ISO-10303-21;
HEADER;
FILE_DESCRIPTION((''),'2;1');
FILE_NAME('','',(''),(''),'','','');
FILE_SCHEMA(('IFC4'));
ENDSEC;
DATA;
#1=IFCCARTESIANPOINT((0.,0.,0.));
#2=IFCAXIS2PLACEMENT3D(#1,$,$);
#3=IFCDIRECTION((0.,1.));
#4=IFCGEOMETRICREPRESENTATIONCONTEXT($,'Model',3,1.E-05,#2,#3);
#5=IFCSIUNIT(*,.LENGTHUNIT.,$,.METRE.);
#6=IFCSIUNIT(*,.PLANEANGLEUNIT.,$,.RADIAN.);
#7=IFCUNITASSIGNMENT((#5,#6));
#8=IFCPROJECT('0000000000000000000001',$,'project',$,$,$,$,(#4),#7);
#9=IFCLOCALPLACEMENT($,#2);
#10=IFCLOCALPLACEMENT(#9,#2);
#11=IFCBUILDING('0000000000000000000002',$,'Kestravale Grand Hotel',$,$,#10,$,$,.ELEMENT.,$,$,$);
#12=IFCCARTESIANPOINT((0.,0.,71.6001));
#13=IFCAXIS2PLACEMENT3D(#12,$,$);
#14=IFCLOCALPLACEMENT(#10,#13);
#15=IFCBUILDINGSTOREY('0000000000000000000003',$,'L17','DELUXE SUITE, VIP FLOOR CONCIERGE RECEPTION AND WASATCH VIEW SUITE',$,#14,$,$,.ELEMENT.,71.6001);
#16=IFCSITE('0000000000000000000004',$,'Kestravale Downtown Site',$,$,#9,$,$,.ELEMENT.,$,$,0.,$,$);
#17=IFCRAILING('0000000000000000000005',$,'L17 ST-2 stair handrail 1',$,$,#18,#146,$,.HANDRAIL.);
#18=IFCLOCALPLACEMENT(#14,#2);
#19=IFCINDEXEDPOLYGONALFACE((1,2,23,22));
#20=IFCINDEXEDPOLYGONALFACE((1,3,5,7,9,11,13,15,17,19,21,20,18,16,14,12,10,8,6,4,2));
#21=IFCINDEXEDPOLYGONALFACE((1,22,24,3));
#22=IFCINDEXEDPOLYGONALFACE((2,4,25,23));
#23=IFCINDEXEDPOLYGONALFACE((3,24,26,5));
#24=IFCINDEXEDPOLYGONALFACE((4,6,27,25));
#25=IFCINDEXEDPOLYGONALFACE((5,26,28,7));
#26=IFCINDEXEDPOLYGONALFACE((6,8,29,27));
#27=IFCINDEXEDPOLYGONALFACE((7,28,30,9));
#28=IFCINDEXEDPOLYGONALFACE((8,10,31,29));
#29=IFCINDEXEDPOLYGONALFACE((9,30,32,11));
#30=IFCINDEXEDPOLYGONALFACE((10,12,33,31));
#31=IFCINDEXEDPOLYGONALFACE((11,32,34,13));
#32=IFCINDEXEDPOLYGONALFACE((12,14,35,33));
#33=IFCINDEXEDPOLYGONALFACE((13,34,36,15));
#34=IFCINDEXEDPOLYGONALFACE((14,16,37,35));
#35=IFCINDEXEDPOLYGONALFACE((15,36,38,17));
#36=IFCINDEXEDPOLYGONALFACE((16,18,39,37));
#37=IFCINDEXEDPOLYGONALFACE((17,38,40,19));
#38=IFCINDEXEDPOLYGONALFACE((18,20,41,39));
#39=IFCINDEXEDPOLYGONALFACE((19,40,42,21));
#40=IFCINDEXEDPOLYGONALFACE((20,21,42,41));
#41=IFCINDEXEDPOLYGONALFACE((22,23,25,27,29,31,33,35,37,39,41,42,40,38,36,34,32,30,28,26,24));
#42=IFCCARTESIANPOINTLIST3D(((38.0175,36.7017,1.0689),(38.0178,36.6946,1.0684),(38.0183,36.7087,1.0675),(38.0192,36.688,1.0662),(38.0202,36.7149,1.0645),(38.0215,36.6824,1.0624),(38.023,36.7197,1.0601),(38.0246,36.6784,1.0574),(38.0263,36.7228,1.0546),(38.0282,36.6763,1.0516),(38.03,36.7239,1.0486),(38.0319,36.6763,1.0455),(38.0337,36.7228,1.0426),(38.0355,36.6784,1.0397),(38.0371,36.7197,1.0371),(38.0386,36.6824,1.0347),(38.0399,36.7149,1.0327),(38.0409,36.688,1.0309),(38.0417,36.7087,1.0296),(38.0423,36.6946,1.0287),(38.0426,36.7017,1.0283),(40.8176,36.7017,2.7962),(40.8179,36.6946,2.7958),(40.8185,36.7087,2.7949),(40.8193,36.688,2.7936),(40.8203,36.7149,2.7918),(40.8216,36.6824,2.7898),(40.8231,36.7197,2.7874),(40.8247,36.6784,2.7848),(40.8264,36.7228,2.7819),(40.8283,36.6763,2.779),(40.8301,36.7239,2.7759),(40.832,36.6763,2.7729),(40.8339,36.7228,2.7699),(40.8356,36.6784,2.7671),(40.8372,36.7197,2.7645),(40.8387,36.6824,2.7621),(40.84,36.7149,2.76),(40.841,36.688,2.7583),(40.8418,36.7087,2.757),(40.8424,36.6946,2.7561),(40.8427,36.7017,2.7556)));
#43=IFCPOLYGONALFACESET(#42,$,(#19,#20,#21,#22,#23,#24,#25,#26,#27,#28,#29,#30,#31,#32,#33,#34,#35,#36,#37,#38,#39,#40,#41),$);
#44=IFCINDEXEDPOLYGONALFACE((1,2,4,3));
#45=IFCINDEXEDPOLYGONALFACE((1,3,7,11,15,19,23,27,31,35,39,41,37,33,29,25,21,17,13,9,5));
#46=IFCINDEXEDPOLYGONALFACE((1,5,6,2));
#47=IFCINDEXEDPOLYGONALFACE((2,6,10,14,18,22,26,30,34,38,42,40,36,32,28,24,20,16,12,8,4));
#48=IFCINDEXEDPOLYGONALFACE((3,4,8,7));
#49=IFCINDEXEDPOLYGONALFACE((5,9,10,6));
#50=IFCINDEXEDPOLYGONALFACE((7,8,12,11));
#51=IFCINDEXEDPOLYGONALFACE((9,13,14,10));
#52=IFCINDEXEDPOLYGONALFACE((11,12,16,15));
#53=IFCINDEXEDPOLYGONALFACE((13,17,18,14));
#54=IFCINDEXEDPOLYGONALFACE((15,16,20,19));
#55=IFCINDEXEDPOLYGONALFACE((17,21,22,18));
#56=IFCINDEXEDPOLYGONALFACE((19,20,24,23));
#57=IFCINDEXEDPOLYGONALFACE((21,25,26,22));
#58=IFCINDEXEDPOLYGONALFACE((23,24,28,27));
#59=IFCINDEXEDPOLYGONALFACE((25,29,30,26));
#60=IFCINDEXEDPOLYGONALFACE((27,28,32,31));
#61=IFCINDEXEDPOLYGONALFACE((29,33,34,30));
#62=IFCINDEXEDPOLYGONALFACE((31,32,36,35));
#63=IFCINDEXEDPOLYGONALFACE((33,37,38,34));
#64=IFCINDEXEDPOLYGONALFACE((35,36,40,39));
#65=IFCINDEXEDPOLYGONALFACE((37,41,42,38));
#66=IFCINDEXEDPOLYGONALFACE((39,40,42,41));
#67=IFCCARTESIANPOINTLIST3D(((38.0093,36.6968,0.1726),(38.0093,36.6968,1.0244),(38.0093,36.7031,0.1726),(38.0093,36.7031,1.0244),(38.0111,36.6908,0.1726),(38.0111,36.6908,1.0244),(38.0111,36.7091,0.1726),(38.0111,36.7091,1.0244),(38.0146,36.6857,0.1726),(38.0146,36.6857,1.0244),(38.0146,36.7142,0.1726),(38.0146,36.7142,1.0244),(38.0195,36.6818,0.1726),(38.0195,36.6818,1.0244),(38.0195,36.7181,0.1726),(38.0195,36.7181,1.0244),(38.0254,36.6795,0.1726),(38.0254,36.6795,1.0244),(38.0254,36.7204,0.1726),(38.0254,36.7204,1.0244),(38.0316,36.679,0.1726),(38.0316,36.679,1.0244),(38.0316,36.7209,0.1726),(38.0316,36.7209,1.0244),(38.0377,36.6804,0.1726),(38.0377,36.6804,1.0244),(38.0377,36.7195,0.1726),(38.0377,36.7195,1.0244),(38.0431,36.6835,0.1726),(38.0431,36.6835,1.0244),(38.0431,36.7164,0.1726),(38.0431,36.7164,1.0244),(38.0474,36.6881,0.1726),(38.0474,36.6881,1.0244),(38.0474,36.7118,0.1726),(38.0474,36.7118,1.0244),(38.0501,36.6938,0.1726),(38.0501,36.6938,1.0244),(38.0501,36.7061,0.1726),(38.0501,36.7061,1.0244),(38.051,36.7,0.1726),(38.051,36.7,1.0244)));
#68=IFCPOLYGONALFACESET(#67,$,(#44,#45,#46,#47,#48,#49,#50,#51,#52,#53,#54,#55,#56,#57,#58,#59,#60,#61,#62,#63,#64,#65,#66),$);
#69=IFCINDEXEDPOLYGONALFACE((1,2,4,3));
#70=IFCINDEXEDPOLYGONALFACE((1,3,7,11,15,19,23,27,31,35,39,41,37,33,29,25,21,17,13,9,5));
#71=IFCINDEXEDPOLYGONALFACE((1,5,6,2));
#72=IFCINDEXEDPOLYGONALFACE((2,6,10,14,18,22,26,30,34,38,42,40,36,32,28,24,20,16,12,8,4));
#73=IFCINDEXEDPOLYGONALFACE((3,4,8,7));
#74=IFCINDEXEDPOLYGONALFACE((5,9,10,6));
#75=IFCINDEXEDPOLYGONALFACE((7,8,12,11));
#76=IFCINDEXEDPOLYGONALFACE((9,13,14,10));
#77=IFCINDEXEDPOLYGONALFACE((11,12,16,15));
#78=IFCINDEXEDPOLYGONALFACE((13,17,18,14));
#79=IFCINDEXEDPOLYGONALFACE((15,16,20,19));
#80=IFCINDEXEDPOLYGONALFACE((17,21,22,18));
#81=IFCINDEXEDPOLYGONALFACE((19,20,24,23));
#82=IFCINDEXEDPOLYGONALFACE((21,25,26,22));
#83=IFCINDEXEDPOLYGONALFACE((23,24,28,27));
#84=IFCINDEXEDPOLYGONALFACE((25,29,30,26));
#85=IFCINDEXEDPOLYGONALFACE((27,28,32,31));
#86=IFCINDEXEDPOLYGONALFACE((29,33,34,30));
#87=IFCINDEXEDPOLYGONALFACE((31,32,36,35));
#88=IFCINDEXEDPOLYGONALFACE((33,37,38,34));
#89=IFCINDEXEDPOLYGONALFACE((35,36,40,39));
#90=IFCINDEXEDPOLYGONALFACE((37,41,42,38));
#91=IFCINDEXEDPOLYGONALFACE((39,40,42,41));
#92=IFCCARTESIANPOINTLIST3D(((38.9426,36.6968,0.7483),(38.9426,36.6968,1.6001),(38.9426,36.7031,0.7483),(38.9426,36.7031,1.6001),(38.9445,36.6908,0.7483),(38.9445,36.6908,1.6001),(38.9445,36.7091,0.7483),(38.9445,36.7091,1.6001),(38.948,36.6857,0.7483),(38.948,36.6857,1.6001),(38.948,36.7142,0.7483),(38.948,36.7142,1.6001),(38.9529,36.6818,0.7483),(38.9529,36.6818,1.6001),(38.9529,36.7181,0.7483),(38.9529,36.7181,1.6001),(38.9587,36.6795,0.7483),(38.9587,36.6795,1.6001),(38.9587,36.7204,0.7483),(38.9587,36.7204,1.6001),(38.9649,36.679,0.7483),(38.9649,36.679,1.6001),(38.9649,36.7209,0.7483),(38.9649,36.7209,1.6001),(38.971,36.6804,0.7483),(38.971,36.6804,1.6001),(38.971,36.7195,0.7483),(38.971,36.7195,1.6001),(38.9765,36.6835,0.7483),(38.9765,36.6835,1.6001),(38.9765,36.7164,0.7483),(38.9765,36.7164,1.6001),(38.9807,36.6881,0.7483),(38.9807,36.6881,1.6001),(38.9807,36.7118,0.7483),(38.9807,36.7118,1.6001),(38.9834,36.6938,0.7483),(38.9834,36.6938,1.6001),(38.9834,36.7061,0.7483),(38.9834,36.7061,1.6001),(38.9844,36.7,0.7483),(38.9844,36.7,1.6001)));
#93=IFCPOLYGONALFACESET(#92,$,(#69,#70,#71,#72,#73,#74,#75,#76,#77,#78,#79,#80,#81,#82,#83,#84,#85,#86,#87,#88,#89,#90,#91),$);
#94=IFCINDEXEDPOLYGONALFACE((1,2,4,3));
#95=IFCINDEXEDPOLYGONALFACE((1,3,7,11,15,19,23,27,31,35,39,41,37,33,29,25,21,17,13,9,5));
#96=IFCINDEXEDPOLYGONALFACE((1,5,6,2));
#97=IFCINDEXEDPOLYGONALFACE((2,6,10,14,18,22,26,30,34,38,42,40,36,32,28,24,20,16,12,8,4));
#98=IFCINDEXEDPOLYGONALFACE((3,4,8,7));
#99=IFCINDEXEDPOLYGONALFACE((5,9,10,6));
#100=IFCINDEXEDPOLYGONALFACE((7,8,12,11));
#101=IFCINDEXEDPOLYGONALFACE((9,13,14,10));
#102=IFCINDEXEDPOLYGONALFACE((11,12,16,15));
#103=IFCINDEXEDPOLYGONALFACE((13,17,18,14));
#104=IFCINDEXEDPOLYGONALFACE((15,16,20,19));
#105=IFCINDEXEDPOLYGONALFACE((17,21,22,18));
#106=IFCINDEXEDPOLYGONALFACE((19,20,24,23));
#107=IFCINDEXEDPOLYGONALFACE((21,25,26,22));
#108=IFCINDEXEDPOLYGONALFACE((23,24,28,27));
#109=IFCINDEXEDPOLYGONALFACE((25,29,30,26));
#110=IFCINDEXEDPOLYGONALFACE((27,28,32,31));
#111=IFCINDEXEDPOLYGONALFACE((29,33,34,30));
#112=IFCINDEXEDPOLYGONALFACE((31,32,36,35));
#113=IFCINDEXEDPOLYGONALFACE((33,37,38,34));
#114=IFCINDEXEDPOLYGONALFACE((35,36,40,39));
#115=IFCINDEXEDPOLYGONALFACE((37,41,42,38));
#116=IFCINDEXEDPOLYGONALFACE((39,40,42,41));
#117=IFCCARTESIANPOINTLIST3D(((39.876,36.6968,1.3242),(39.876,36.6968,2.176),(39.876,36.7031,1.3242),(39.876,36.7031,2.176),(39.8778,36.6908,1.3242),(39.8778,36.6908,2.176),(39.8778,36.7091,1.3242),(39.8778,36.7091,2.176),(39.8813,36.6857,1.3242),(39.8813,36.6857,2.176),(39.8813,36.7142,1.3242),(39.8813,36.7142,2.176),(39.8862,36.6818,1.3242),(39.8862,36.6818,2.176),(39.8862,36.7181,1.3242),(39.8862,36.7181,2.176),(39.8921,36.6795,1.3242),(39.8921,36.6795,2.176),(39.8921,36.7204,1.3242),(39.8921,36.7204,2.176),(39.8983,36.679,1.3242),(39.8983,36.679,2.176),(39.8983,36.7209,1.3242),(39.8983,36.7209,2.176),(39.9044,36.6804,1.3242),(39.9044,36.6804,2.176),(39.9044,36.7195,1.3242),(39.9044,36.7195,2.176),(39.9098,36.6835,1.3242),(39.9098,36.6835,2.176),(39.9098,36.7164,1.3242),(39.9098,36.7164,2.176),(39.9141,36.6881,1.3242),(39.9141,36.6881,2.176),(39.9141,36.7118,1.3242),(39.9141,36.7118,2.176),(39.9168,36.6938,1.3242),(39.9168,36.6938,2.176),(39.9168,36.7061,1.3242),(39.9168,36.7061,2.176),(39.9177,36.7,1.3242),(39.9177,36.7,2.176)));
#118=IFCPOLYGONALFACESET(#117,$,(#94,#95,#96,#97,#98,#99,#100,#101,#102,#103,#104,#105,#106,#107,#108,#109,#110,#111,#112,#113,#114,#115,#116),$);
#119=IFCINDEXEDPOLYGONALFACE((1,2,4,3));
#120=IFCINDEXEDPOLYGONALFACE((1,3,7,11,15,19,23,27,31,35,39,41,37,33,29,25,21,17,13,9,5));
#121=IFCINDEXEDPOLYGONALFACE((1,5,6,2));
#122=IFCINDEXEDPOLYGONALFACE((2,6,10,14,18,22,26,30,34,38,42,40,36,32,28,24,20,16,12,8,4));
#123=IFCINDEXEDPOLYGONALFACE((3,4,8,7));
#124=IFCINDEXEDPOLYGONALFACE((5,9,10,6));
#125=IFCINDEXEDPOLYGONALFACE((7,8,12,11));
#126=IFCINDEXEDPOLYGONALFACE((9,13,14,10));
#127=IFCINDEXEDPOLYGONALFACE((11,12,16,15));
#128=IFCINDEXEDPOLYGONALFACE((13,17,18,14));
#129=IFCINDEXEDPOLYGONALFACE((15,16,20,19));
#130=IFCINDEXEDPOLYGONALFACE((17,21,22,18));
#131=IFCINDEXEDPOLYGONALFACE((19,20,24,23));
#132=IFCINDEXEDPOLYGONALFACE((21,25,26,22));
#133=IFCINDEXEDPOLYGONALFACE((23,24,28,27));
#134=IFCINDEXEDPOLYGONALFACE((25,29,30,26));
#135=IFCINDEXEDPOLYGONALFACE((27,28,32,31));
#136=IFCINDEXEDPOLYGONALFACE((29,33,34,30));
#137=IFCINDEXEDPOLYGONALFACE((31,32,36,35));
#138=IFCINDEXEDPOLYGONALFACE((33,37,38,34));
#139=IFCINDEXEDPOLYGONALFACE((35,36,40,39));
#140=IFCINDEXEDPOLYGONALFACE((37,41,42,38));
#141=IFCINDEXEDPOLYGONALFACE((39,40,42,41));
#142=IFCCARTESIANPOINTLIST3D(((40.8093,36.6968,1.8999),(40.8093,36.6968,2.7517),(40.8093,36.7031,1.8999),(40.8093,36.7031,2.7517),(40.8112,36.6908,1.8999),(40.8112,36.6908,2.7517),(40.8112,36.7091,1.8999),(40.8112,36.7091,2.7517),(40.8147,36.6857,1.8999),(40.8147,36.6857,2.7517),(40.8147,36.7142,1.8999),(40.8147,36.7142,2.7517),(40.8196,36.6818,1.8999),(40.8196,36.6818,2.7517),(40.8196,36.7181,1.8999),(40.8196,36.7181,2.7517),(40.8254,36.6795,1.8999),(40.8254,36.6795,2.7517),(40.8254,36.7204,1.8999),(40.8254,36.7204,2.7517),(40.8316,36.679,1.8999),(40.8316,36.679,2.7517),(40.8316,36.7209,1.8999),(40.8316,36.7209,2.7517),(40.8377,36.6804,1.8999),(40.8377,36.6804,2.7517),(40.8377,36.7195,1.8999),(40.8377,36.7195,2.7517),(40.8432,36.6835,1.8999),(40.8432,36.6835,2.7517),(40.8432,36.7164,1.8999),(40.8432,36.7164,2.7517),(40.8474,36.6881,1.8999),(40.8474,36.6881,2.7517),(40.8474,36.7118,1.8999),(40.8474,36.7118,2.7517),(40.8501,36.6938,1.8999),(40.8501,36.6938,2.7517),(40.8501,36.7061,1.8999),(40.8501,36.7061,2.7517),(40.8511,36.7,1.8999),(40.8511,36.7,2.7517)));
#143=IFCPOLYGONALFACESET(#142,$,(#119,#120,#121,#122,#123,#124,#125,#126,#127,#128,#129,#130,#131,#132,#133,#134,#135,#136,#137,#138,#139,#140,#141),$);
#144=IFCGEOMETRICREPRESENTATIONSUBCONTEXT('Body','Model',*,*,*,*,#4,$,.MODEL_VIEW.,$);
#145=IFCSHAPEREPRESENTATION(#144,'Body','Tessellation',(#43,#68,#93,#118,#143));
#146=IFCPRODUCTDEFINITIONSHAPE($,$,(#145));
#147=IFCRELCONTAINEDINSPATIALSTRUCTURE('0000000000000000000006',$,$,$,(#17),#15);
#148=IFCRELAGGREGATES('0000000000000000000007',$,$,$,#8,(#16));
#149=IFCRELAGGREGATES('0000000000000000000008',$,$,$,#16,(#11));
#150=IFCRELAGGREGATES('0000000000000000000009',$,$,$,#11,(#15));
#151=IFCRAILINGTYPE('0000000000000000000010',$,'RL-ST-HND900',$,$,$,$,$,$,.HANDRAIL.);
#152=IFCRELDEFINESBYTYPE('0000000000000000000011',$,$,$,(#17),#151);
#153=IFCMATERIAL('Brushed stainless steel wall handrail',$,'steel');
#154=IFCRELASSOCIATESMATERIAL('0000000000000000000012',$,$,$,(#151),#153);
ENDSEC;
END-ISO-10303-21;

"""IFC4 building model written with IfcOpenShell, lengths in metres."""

from ifc_helpers import new_model, si_unit, direction, frame, origin, origin_2d, place, context, subcontext, project, spatial, circle, extrude, material, type_object, element, save


model = new_model("IFC4")

# Units and contexts
model_context = context("Model", 3, precision=1e-05, world=origin(), true_north=direction((0.0, 1.0)))
body_context = subcontext(model_context, "Body", "Model", "MODEL_VIEW")
ifc_project = project(units=[si_unit("LENGTHUNIT", "METRE"), si_unit("PLANEANGLEUNIT", "RADIAN")], contexts=[model_context])

# Site, building, storey
site_placement = place(None, origin())
site = spatial("IfcSite", under=ifc_project, at=site_placement, Name="Kestravale Downtown Site", CompositionType="ELEMENT", RefElevation=0.0)
building_placement = place(site_placement, origin())
building = spatial("IfcBuilding", under=site, at=building_placement, Name="Kestravale Grand Hotel", CompositionType="ELEMENT")
storey_placement = place(building_placement, frame((0.0, 0.0, 71.6001)))
storey = spatial("IfcBuildingStorey", under=building, at=storey_placement, Name="L17", Description="DELUXE SUITE, VIP FLOOR CONCIERGE RECEPTION AND WASATCH VIEW SUITE", CompositionType="ELEMENT", Elevation=71.6001)

# Railing
ifc_material_1 = material(Name="Brushed stainless steel wall handrail", Category="steel")
railing_type_1 = type_object("IfcRailingType", Name="RL-ST-HND900", PredefinedType="HANDRAIL", material=ifc_material_1)
railing_1_placement = place(storey_placement, frame((38.03, 36.7, 0.1726)))
element("IfcRailing", 1, at=railing_1_placement, inside=storey, type_object=railing_type_1, Name="L17 ST-2 stair handrail 1", PredefinedType="HANDRAIL", context=body_context, shape_type="SweptSolid", body=[
    extrude(circle(Radius=0.0239, at=origin_2d()), frame((0.0, 0.0, 0.876), z_axis=(0.85109, 0.0, 0.52502), x_axis=(0.0, 1.0, 0.0)), (0.0, 0.0, 1.0), 3.29),
    extrude(circle(Radius=0.021, at=origin_2d()), origin(), (0.0, 0.0, 1.0), 0.8518),
    extrude(circle(Radius=0.021, at=origin_2d()), frame((0.9333, 0.0, 0.5757)), (0.0, 0.0, 1.0), 0.8518),
    extrude(circle(Radius=0.021, at=origin_2d()), frame((1.8667, 0.0, 1.1516)), (0.0, 0.0, 1.0), 0.8518),
    extrude(circle(Radius=0.021, at=origin_2d()), frame((2.8, 0.0, 1.7273)), (0.0, 0.0, 1.0), 0.8518),
])

save(model, "model.ifc")
